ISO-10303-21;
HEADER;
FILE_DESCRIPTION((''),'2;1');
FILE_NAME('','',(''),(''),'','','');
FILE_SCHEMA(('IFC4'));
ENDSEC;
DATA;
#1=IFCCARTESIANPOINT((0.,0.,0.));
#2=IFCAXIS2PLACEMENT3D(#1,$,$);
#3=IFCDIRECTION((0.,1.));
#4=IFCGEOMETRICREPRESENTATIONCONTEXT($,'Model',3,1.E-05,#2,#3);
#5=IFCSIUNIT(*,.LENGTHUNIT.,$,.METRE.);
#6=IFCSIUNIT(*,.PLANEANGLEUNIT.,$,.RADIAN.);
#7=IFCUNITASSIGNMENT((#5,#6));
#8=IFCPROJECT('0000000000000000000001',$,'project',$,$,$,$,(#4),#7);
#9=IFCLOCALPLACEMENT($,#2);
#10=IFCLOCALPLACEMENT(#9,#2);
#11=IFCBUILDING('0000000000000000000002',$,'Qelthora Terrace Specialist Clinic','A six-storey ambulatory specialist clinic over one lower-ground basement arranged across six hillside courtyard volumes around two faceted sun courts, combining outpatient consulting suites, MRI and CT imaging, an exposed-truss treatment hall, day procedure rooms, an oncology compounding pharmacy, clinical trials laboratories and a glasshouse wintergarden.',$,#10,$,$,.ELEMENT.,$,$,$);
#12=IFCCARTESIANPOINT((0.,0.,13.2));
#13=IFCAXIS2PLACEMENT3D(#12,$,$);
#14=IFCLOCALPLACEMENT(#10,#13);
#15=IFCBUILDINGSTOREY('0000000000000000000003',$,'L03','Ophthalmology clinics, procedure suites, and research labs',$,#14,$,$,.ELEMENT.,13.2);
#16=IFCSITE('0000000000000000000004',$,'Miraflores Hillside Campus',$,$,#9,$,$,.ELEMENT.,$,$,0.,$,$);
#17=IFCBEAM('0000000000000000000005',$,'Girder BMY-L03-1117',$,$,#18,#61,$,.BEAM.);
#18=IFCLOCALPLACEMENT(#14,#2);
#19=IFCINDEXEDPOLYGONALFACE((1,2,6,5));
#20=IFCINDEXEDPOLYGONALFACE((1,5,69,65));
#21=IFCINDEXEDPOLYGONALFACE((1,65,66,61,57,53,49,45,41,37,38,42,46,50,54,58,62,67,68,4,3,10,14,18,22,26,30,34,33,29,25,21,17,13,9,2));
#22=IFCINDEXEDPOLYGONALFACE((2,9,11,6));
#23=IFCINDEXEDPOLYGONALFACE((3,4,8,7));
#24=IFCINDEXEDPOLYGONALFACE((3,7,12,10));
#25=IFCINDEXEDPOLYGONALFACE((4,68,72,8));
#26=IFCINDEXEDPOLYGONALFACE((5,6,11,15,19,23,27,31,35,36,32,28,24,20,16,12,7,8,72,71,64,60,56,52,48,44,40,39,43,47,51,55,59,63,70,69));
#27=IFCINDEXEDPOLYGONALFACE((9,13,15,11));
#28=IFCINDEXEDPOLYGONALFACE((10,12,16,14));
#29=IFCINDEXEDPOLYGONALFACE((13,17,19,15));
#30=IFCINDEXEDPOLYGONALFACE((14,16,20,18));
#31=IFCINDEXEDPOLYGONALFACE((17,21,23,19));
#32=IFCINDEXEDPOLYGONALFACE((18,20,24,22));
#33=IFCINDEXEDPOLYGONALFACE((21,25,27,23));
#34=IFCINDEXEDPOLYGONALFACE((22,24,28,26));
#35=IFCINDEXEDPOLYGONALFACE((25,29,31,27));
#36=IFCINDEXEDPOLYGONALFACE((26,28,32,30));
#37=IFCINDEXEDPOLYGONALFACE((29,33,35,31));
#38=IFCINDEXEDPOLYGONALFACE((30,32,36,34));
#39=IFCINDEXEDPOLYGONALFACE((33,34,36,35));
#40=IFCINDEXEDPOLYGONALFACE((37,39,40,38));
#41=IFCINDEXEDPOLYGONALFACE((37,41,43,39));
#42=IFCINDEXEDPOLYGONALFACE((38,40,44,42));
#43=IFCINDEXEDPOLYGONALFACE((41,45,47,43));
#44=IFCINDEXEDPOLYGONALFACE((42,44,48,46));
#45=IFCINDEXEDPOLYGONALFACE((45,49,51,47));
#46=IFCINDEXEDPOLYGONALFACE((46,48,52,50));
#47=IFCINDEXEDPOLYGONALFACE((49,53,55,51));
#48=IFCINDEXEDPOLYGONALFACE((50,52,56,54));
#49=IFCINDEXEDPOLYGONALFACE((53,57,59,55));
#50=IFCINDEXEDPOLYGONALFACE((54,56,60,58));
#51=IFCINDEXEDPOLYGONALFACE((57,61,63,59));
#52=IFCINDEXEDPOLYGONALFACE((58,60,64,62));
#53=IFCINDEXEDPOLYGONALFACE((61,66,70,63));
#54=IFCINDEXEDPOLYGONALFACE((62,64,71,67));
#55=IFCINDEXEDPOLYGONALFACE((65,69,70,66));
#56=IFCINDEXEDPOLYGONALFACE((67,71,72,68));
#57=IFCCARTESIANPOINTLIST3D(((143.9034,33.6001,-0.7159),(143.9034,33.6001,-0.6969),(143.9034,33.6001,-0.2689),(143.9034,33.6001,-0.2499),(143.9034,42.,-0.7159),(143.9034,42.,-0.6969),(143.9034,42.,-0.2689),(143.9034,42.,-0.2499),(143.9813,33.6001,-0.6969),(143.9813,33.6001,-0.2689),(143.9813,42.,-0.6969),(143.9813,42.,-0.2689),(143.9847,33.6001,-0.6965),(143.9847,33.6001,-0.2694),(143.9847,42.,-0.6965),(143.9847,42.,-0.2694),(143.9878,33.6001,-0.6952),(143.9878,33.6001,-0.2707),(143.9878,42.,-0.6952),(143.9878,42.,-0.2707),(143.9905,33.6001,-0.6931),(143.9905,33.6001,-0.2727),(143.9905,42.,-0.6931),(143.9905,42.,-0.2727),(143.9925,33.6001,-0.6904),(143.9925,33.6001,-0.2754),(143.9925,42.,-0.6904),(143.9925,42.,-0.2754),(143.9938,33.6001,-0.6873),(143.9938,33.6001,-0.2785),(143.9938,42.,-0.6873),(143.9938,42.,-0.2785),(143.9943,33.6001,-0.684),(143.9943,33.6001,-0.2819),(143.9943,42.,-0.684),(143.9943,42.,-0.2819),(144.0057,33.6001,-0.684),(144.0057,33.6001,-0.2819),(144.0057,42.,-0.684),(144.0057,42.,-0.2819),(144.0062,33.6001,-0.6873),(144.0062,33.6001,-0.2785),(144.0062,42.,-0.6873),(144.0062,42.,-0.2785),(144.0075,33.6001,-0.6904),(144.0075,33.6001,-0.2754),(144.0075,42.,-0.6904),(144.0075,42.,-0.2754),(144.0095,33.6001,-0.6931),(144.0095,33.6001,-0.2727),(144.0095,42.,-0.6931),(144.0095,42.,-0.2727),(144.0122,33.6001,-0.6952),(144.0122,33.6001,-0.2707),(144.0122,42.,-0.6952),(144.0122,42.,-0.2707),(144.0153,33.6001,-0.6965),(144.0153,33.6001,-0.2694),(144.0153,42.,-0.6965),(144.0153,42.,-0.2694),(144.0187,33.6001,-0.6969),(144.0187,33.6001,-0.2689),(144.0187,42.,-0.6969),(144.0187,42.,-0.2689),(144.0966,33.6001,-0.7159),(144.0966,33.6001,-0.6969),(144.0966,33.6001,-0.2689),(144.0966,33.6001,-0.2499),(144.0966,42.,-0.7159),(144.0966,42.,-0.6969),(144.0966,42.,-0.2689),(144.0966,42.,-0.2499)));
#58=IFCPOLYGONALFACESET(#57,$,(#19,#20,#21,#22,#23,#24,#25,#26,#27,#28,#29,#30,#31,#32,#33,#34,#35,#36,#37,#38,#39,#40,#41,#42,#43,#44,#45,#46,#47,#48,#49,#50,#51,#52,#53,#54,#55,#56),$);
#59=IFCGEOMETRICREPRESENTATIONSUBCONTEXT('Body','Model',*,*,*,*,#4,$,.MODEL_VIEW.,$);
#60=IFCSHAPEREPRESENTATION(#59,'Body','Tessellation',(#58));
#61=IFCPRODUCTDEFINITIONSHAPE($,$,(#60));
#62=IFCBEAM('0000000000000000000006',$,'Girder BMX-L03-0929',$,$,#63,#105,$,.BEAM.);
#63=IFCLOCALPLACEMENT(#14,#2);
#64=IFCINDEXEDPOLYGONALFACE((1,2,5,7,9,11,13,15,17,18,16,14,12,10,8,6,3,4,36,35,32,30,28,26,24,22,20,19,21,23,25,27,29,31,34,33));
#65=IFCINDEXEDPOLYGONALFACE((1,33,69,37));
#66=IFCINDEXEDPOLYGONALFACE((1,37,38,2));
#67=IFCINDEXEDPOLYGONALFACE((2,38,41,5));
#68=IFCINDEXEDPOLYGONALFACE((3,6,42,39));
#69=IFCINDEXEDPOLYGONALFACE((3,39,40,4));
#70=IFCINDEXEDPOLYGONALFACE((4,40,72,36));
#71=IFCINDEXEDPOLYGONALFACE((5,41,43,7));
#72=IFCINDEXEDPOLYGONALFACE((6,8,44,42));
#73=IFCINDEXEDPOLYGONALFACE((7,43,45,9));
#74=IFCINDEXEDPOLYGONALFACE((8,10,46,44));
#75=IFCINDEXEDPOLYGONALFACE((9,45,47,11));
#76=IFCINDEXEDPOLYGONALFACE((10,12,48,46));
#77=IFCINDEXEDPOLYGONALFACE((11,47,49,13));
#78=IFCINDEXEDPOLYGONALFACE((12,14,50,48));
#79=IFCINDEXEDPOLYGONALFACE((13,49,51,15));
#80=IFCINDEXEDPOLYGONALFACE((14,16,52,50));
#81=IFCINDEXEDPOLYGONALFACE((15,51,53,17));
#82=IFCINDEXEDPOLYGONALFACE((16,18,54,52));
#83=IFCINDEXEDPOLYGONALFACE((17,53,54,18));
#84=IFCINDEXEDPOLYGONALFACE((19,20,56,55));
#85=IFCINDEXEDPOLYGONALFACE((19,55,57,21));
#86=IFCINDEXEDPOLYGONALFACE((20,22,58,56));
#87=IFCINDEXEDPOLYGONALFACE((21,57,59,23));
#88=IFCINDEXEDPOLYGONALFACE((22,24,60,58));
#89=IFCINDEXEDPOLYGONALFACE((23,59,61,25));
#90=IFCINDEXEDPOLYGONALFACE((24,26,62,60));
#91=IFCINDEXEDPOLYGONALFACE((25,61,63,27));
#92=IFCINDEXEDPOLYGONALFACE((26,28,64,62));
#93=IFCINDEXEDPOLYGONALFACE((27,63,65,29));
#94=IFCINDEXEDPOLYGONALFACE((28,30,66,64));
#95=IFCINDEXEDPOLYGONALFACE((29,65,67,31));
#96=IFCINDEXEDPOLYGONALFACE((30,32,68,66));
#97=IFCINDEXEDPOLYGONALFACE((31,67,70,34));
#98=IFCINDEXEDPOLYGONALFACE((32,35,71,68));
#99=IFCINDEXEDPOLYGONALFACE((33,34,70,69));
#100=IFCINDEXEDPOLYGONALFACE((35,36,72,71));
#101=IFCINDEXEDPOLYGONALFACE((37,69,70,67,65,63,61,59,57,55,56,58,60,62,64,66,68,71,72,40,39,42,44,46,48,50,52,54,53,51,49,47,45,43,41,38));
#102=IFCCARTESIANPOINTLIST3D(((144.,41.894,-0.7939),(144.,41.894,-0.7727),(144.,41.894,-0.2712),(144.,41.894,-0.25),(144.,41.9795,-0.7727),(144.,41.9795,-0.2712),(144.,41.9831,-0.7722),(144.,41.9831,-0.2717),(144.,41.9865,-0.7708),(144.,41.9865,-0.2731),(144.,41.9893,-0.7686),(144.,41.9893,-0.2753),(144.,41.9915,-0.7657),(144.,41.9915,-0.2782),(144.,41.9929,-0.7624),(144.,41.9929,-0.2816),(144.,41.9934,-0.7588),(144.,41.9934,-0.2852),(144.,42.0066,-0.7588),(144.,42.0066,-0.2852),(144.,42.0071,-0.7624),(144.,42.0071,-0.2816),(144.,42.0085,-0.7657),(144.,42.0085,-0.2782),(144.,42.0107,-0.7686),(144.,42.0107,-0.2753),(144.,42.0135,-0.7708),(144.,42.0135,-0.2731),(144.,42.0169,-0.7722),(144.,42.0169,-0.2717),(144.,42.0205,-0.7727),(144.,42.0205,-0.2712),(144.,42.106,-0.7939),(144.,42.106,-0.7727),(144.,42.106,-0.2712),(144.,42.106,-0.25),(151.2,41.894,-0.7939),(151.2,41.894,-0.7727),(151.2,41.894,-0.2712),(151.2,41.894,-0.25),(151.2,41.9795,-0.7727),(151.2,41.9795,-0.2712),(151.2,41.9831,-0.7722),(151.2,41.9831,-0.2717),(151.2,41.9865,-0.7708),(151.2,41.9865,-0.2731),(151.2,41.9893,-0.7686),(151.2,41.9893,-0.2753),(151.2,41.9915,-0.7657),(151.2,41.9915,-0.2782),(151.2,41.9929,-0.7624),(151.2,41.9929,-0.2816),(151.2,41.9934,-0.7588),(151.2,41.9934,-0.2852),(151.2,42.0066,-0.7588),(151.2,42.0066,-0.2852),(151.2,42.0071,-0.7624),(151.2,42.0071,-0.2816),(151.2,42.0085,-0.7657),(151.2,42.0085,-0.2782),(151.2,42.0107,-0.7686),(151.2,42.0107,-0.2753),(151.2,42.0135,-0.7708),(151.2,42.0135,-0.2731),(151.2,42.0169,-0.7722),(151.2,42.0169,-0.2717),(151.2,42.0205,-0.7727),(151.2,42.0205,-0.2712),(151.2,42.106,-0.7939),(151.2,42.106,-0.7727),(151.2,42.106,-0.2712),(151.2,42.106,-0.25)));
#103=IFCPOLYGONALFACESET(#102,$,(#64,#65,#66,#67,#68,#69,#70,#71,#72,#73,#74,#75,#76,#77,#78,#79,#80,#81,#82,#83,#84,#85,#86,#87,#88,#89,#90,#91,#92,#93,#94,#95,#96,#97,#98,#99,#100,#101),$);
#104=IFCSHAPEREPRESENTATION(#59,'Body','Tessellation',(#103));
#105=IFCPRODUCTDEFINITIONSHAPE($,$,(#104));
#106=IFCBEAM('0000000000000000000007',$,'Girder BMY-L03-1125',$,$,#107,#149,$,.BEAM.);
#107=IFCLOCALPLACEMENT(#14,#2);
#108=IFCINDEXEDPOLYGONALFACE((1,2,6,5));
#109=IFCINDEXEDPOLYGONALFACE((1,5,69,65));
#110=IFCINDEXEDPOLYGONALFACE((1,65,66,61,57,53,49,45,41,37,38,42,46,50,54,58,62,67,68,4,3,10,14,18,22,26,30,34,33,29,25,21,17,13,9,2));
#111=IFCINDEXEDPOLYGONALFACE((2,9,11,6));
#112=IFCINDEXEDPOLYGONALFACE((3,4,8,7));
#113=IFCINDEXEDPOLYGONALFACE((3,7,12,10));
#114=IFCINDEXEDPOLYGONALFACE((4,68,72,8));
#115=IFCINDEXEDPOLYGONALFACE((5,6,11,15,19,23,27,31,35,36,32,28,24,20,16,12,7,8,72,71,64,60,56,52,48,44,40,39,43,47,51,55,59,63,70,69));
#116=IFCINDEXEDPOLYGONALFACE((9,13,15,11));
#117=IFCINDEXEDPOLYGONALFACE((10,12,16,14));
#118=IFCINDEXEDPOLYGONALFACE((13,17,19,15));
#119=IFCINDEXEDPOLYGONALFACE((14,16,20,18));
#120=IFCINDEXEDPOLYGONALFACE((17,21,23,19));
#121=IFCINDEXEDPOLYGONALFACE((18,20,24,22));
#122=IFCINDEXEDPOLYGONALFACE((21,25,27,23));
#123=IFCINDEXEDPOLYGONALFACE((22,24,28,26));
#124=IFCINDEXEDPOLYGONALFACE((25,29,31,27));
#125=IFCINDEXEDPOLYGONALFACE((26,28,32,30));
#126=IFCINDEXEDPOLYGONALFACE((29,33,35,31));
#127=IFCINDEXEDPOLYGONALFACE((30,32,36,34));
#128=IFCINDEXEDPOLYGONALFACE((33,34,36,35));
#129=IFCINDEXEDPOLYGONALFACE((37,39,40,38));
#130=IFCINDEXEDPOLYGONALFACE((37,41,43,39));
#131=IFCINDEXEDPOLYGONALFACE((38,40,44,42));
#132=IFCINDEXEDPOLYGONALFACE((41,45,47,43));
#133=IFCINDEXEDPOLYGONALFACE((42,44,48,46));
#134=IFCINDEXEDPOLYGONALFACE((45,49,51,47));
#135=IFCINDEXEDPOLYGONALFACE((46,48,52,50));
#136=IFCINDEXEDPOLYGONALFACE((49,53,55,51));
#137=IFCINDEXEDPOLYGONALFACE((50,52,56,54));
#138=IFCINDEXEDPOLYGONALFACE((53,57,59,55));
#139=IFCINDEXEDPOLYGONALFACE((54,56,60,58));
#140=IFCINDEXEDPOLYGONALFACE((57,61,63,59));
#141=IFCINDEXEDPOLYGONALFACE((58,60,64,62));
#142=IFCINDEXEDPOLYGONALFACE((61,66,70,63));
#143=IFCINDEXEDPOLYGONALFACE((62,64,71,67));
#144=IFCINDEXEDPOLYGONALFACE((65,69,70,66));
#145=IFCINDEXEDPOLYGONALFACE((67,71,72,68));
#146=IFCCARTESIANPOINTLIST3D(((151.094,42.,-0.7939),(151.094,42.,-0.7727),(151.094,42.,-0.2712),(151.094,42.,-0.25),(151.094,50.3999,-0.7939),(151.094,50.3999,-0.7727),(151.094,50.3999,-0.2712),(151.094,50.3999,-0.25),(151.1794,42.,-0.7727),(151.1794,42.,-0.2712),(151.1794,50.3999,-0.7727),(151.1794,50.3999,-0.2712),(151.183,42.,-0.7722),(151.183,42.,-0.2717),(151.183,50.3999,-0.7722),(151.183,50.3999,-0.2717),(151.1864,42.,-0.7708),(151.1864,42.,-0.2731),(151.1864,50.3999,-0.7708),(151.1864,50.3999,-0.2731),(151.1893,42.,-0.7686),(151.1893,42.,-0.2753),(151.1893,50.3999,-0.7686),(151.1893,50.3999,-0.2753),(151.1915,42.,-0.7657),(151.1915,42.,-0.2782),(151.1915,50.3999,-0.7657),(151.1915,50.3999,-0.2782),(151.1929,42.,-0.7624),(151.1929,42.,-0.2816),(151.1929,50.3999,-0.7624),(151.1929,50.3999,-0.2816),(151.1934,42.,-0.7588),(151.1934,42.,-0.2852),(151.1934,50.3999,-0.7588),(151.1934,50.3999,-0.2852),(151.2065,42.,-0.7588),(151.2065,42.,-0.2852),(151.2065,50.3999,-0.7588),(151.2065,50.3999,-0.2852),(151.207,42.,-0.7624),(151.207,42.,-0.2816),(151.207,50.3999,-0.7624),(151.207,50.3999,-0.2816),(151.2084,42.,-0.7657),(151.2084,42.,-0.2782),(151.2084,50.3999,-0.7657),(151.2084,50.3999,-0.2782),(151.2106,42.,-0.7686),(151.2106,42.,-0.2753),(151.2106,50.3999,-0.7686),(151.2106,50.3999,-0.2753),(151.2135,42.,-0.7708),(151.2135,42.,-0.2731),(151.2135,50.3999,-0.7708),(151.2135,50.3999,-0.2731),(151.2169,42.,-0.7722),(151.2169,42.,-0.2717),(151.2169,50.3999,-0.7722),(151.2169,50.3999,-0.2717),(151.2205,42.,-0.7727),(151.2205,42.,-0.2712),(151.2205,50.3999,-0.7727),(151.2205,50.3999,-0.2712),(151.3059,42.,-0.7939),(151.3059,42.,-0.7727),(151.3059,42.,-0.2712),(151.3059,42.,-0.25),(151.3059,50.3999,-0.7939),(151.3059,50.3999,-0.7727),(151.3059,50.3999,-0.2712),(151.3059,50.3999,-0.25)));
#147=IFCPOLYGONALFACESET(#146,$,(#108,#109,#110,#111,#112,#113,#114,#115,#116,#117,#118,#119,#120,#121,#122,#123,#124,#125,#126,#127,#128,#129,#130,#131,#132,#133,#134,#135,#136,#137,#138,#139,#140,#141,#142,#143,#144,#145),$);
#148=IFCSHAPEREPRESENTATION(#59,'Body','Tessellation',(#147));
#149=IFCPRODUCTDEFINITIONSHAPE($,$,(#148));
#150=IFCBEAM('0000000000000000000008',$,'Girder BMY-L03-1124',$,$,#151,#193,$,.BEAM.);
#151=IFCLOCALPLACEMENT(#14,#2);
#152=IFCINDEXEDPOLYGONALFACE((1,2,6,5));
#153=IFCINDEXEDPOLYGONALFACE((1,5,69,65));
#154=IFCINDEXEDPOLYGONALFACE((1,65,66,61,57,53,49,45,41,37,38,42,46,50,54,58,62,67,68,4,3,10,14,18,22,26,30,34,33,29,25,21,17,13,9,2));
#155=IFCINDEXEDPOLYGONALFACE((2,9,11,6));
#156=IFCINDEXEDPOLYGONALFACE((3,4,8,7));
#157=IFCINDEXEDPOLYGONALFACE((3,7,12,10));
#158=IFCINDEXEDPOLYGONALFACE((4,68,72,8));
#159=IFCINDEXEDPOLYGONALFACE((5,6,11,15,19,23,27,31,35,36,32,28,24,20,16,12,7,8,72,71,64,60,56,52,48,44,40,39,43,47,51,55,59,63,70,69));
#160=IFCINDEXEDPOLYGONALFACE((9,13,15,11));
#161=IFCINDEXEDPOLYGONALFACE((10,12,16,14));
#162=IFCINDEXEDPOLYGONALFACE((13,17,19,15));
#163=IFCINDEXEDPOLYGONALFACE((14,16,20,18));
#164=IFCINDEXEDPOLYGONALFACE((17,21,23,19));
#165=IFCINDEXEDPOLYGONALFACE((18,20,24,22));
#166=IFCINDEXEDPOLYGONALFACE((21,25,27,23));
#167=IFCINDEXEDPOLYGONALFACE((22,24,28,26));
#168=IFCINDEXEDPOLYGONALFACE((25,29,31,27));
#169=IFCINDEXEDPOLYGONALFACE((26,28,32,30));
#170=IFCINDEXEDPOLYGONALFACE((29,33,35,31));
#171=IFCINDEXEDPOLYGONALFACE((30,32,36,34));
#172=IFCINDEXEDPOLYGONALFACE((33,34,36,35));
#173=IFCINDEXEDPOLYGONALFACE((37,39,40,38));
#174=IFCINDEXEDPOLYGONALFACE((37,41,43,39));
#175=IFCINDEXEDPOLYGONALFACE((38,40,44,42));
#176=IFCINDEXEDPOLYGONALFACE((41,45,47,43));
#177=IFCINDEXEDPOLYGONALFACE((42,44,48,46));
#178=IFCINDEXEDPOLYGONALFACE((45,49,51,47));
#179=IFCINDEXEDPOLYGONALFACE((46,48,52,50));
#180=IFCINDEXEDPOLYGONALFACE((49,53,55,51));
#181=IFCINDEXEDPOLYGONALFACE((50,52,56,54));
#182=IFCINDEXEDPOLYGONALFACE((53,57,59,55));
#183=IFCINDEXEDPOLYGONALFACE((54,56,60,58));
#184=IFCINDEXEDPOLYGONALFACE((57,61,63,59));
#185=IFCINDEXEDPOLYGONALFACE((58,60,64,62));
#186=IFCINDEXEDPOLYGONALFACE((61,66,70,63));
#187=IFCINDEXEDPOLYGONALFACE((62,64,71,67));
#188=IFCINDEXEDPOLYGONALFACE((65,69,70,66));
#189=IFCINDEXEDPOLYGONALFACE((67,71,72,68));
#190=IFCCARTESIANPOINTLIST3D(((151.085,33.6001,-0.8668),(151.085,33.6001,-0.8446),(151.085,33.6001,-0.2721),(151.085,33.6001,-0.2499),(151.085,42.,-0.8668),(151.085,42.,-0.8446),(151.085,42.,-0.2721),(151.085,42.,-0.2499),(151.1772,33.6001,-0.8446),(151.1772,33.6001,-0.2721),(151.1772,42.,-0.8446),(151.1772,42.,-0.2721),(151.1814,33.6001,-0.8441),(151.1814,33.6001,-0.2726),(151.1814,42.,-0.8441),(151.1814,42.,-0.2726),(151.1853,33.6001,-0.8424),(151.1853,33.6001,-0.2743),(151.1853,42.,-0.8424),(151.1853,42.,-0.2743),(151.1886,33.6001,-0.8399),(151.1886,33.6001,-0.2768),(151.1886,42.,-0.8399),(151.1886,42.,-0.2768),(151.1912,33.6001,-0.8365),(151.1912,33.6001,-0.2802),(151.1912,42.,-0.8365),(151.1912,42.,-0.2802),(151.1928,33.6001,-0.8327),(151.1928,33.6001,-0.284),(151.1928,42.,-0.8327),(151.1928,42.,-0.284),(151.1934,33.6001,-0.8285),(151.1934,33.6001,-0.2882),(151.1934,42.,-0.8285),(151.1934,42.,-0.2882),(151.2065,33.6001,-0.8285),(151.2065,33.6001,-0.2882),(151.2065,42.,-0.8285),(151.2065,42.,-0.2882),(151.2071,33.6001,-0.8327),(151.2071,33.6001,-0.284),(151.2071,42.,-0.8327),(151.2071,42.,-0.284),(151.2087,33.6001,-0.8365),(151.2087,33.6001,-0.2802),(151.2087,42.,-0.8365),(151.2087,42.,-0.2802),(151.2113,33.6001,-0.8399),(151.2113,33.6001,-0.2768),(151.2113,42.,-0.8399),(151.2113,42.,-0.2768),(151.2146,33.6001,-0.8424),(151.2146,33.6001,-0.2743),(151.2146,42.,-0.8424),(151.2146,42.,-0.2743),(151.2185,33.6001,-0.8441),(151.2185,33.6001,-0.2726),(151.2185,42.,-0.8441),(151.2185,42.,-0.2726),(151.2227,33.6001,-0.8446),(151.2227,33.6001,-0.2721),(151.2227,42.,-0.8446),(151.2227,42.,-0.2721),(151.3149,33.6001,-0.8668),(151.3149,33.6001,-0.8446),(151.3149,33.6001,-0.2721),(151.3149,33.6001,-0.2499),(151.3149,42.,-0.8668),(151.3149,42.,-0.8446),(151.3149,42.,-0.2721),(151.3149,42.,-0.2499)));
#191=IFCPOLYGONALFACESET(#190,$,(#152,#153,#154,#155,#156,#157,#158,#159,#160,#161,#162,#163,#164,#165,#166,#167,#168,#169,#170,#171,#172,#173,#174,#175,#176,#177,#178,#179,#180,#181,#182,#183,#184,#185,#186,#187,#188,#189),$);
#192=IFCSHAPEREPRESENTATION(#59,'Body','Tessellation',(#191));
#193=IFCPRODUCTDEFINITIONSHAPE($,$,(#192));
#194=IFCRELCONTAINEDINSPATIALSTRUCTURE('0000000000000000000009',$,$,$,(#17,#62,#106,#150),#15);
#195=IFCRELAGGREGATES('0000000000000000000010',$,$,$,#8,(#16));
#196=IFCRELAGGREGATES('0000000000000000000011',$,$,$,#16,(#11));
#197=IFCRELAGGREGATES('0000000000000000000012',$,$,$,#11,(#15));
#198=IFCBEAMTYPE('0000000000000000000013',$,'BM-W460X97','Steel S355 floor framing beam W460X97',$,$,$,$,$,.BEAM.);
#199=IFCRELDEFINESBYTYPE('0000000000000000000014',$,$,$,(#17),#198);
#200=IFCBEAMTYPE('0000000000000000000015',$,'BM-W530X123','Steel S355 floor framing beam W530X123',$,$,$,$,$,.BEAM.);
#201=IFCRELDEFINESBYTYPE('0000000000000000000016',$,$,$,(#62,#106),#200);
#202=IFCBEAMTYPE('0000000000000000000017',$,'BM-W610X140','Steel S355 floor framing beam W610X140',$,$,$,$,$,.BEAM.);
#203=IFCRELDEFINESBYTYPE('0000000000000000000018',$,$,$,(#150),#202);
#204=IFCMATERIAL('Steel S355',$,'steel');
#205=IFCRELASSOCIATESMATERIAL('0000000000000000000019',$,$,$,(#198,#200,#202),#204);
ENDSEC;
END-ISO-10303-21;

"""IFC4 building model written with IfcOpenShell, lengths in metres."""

from ifc_helpers import new_model, si_unit, direction, frame, origin, origin_2d, place, context, subcontext, project, spatial, i_section, extrude, material, material_profile, profile_set, type_object, element, save


model = new_model("IFC4")

# Units and contexts
model_context = context("Model", 3, precision=1e-05, world=origin(), true_north=direction((0.0, 1.0)))
body_context = subcontext(model_context, "Body", "Model", "MODEL_VIEW")
ifc_project = project(units=[si_unit("LENGTHUNIT", "METRE"), si_unit("PLANEANGLEUNIT", "RADIAN")], contexts=[model_context])

# Site, building, storey
site_placement = place(None, origin())
site = spatial("IfcSite", under=ifc_project, at=site_placement, Name="Miraflores Hillside Campus", CompositionType="ELEMENT", RefElevation=0.0)
building_placement = place(site_placement, origin())
building = spatial("IfcBuilding", under=site, at=building_placement, Name="Qelthora Terrace Specialist Clinic", Description="A six-storey ambulatory specialist clinic over one lower-ground basement arranged across six hillside courtyard volumes around two faceted sun courts, combining outpatient consulting suites, MRI and CT imaging, an exposed-truss treatment hall, day procedure rooms, an oncology compounding pharmacy, clinical trials laboratories and a glasshouse wintergarden.", CompositionType="ELEMENT")
storey_placement = place(building_placement, frame((0.0, 0.0, 13.2)))
storey = spatial("IfcBuildingStorey", under=building, at=storey_placement, Name="L03", Description="Ophthalmology clinics, procedure suites, and research labs", CompositionType="ELEMENT", Elevation=13.2)

# Shared definitions
ifc_material_1 = material(Name="Steel S355", Category="steel")

# Beams
ifc_material_profile_1 = material_profile(ifc_material_1, i_section(OverallWidth=0.1931, OverallDepth=0.4661, WebThickness=0.0115, FlangeThickness=0.019, FilletRadius=0.0129, at=origin_2d()), Name="W460X97")
ifc_profile_set_1 = profile_set([ifc_material_profile_1], Name="Steel S355")
beam_type_1 = type_object("IfcBeamType", Name="BM-W460X97", Description="Steel S355 floor framing beam W460X97", PredefinedType="BEAM", material=ifc_profile_set_1)
beam_1_placement = place(storey_placement, frame((144.0, 33.6001, -0.4829), z_axis=(0.0, 1.0, 0.0), x_axis=(-1.0, 0.0, 0.0)))
element("IfcBeam", 1, at=beam_1_placement, inside=storey, type_object=beam_type_1, Name="Girder BMY-L03-1117", PredefinedType="BEAM", context=body_context, shape_type="SweptSolid", body=[
    extrude(i_section(OverallWidth=0.1931, OverallDepth=0.4661, WebThickness=0.0115, FlangeThickness=0.019, FilletRadius=0.0129, at=origin_2d()), origin(), (0.0, 0.0, 1.0), 8.3999),
])
ifc_material_profile_2 = material_profile(ifc_material_1, i_section(OverallWidth=0.2119, OverallDepth=0.5439, WebThickness=0.0132, FlangeThickness=0.0212, FilletRadius=0.0139, at=origin_2d()), Name="W530X123")
ifc_profile_set_2 = profile_set([ifc_material_profile_2], Name="Steel S355")
beam_type_2 = type_object("IfcBeamType", Name="BM-W530X123", Description="Steel S355 floor framing beam W530X123", PredefinedType="BEAM", material=ifc_profile_set_2)
beam_2_placement = place(storey_placement, frame((144.0, 42.0, -0.522), z_axis=(1.0, 0.0, 0.0), x_axis=(0.0, 1.0, 0.0)))
element("IfcBeam", 2, at=beam_2_placement, inside=storey, type_object=beam_type_2, Name="Girder BMX-L03-0929", PredefinedType="BEAM", context=body_context, shape_type="SweptSolid", body=[
    extrude(i_section(OverallWidth=0.2119, OverallDepth=0.5439, WebThickness=0.0132, FlangeThickness=0.0212, FilletRadius=0.0139, at=origin_2d()), origin(), (0.0, 0.0, 1.0), 7.2),
])
beam_3_placement = place(storey_placement, frame((151.2, 42.0, -0.522), z_axis=(0.0, 1.0, 0.0), x_axis=(-1.0, 0.0, 0.0)))
element("IfcBeam", 3, at=beam_3_placement, inside=storey, type_object=beam_type_2, Name="Girder BMY-L03-1125", PredefinedType="BEAM", context=body_context, shape_type="SweptSolid", body=[
    extrude(i_section(OverallWidth=0.2119, OverallDepth=0.5439, WebThickness=0.0132, FlangeThickness=0.0212, FilletRadius=0.0139, at=origin_2d()), origin(), (0.0, 0.0, 1.0), 8.3999),
])
ifc_material_profile_3 = material_profile(ifc_material_1, i_section(OverallWidth=0.23, OverallDepth=0.6169, WebThickness=0.0132, FlangeThickness=0.0222, FilletRadius=0.0161, at=origin_2d()), Name="W610X140")
ifc_profile_set_3 = profile_set([ifc_material_profile_3], Name="Steel S355")
beam_type_3 = type_object("IfcBeamType", Name="BM-W610X140", Description="Steel S355 floor framing beam W610X140", PredefinedType="BEAM", material=ifc_profile_set_3)
beam_4_placement = place(storey_placement, frame((151.2, 33.6001, -0.5583), z_axis=(0.0, 1.0, 0.0), x_axis=(-1.0, 0.0, 0.0)))
element("IfcBeam", 4, at=beam_4_placement, inside=storey, type_object=beam_type_3, Name="Girder BMY-L03-1124", PredefinedType="BEAM", context=body_context, shape_type="SweptSolid", body=[
    extrude(i_section(OverallWidth=0.23, OverallDepth=0.6169, WebThickness=0.0132, FlangeThickness=0.0222, FilletRadius=0.0161, at=origin_2d()), origin(), (0.0, 0.0, 1.0), 8.3999),
])

save(model, "model.ifc")
